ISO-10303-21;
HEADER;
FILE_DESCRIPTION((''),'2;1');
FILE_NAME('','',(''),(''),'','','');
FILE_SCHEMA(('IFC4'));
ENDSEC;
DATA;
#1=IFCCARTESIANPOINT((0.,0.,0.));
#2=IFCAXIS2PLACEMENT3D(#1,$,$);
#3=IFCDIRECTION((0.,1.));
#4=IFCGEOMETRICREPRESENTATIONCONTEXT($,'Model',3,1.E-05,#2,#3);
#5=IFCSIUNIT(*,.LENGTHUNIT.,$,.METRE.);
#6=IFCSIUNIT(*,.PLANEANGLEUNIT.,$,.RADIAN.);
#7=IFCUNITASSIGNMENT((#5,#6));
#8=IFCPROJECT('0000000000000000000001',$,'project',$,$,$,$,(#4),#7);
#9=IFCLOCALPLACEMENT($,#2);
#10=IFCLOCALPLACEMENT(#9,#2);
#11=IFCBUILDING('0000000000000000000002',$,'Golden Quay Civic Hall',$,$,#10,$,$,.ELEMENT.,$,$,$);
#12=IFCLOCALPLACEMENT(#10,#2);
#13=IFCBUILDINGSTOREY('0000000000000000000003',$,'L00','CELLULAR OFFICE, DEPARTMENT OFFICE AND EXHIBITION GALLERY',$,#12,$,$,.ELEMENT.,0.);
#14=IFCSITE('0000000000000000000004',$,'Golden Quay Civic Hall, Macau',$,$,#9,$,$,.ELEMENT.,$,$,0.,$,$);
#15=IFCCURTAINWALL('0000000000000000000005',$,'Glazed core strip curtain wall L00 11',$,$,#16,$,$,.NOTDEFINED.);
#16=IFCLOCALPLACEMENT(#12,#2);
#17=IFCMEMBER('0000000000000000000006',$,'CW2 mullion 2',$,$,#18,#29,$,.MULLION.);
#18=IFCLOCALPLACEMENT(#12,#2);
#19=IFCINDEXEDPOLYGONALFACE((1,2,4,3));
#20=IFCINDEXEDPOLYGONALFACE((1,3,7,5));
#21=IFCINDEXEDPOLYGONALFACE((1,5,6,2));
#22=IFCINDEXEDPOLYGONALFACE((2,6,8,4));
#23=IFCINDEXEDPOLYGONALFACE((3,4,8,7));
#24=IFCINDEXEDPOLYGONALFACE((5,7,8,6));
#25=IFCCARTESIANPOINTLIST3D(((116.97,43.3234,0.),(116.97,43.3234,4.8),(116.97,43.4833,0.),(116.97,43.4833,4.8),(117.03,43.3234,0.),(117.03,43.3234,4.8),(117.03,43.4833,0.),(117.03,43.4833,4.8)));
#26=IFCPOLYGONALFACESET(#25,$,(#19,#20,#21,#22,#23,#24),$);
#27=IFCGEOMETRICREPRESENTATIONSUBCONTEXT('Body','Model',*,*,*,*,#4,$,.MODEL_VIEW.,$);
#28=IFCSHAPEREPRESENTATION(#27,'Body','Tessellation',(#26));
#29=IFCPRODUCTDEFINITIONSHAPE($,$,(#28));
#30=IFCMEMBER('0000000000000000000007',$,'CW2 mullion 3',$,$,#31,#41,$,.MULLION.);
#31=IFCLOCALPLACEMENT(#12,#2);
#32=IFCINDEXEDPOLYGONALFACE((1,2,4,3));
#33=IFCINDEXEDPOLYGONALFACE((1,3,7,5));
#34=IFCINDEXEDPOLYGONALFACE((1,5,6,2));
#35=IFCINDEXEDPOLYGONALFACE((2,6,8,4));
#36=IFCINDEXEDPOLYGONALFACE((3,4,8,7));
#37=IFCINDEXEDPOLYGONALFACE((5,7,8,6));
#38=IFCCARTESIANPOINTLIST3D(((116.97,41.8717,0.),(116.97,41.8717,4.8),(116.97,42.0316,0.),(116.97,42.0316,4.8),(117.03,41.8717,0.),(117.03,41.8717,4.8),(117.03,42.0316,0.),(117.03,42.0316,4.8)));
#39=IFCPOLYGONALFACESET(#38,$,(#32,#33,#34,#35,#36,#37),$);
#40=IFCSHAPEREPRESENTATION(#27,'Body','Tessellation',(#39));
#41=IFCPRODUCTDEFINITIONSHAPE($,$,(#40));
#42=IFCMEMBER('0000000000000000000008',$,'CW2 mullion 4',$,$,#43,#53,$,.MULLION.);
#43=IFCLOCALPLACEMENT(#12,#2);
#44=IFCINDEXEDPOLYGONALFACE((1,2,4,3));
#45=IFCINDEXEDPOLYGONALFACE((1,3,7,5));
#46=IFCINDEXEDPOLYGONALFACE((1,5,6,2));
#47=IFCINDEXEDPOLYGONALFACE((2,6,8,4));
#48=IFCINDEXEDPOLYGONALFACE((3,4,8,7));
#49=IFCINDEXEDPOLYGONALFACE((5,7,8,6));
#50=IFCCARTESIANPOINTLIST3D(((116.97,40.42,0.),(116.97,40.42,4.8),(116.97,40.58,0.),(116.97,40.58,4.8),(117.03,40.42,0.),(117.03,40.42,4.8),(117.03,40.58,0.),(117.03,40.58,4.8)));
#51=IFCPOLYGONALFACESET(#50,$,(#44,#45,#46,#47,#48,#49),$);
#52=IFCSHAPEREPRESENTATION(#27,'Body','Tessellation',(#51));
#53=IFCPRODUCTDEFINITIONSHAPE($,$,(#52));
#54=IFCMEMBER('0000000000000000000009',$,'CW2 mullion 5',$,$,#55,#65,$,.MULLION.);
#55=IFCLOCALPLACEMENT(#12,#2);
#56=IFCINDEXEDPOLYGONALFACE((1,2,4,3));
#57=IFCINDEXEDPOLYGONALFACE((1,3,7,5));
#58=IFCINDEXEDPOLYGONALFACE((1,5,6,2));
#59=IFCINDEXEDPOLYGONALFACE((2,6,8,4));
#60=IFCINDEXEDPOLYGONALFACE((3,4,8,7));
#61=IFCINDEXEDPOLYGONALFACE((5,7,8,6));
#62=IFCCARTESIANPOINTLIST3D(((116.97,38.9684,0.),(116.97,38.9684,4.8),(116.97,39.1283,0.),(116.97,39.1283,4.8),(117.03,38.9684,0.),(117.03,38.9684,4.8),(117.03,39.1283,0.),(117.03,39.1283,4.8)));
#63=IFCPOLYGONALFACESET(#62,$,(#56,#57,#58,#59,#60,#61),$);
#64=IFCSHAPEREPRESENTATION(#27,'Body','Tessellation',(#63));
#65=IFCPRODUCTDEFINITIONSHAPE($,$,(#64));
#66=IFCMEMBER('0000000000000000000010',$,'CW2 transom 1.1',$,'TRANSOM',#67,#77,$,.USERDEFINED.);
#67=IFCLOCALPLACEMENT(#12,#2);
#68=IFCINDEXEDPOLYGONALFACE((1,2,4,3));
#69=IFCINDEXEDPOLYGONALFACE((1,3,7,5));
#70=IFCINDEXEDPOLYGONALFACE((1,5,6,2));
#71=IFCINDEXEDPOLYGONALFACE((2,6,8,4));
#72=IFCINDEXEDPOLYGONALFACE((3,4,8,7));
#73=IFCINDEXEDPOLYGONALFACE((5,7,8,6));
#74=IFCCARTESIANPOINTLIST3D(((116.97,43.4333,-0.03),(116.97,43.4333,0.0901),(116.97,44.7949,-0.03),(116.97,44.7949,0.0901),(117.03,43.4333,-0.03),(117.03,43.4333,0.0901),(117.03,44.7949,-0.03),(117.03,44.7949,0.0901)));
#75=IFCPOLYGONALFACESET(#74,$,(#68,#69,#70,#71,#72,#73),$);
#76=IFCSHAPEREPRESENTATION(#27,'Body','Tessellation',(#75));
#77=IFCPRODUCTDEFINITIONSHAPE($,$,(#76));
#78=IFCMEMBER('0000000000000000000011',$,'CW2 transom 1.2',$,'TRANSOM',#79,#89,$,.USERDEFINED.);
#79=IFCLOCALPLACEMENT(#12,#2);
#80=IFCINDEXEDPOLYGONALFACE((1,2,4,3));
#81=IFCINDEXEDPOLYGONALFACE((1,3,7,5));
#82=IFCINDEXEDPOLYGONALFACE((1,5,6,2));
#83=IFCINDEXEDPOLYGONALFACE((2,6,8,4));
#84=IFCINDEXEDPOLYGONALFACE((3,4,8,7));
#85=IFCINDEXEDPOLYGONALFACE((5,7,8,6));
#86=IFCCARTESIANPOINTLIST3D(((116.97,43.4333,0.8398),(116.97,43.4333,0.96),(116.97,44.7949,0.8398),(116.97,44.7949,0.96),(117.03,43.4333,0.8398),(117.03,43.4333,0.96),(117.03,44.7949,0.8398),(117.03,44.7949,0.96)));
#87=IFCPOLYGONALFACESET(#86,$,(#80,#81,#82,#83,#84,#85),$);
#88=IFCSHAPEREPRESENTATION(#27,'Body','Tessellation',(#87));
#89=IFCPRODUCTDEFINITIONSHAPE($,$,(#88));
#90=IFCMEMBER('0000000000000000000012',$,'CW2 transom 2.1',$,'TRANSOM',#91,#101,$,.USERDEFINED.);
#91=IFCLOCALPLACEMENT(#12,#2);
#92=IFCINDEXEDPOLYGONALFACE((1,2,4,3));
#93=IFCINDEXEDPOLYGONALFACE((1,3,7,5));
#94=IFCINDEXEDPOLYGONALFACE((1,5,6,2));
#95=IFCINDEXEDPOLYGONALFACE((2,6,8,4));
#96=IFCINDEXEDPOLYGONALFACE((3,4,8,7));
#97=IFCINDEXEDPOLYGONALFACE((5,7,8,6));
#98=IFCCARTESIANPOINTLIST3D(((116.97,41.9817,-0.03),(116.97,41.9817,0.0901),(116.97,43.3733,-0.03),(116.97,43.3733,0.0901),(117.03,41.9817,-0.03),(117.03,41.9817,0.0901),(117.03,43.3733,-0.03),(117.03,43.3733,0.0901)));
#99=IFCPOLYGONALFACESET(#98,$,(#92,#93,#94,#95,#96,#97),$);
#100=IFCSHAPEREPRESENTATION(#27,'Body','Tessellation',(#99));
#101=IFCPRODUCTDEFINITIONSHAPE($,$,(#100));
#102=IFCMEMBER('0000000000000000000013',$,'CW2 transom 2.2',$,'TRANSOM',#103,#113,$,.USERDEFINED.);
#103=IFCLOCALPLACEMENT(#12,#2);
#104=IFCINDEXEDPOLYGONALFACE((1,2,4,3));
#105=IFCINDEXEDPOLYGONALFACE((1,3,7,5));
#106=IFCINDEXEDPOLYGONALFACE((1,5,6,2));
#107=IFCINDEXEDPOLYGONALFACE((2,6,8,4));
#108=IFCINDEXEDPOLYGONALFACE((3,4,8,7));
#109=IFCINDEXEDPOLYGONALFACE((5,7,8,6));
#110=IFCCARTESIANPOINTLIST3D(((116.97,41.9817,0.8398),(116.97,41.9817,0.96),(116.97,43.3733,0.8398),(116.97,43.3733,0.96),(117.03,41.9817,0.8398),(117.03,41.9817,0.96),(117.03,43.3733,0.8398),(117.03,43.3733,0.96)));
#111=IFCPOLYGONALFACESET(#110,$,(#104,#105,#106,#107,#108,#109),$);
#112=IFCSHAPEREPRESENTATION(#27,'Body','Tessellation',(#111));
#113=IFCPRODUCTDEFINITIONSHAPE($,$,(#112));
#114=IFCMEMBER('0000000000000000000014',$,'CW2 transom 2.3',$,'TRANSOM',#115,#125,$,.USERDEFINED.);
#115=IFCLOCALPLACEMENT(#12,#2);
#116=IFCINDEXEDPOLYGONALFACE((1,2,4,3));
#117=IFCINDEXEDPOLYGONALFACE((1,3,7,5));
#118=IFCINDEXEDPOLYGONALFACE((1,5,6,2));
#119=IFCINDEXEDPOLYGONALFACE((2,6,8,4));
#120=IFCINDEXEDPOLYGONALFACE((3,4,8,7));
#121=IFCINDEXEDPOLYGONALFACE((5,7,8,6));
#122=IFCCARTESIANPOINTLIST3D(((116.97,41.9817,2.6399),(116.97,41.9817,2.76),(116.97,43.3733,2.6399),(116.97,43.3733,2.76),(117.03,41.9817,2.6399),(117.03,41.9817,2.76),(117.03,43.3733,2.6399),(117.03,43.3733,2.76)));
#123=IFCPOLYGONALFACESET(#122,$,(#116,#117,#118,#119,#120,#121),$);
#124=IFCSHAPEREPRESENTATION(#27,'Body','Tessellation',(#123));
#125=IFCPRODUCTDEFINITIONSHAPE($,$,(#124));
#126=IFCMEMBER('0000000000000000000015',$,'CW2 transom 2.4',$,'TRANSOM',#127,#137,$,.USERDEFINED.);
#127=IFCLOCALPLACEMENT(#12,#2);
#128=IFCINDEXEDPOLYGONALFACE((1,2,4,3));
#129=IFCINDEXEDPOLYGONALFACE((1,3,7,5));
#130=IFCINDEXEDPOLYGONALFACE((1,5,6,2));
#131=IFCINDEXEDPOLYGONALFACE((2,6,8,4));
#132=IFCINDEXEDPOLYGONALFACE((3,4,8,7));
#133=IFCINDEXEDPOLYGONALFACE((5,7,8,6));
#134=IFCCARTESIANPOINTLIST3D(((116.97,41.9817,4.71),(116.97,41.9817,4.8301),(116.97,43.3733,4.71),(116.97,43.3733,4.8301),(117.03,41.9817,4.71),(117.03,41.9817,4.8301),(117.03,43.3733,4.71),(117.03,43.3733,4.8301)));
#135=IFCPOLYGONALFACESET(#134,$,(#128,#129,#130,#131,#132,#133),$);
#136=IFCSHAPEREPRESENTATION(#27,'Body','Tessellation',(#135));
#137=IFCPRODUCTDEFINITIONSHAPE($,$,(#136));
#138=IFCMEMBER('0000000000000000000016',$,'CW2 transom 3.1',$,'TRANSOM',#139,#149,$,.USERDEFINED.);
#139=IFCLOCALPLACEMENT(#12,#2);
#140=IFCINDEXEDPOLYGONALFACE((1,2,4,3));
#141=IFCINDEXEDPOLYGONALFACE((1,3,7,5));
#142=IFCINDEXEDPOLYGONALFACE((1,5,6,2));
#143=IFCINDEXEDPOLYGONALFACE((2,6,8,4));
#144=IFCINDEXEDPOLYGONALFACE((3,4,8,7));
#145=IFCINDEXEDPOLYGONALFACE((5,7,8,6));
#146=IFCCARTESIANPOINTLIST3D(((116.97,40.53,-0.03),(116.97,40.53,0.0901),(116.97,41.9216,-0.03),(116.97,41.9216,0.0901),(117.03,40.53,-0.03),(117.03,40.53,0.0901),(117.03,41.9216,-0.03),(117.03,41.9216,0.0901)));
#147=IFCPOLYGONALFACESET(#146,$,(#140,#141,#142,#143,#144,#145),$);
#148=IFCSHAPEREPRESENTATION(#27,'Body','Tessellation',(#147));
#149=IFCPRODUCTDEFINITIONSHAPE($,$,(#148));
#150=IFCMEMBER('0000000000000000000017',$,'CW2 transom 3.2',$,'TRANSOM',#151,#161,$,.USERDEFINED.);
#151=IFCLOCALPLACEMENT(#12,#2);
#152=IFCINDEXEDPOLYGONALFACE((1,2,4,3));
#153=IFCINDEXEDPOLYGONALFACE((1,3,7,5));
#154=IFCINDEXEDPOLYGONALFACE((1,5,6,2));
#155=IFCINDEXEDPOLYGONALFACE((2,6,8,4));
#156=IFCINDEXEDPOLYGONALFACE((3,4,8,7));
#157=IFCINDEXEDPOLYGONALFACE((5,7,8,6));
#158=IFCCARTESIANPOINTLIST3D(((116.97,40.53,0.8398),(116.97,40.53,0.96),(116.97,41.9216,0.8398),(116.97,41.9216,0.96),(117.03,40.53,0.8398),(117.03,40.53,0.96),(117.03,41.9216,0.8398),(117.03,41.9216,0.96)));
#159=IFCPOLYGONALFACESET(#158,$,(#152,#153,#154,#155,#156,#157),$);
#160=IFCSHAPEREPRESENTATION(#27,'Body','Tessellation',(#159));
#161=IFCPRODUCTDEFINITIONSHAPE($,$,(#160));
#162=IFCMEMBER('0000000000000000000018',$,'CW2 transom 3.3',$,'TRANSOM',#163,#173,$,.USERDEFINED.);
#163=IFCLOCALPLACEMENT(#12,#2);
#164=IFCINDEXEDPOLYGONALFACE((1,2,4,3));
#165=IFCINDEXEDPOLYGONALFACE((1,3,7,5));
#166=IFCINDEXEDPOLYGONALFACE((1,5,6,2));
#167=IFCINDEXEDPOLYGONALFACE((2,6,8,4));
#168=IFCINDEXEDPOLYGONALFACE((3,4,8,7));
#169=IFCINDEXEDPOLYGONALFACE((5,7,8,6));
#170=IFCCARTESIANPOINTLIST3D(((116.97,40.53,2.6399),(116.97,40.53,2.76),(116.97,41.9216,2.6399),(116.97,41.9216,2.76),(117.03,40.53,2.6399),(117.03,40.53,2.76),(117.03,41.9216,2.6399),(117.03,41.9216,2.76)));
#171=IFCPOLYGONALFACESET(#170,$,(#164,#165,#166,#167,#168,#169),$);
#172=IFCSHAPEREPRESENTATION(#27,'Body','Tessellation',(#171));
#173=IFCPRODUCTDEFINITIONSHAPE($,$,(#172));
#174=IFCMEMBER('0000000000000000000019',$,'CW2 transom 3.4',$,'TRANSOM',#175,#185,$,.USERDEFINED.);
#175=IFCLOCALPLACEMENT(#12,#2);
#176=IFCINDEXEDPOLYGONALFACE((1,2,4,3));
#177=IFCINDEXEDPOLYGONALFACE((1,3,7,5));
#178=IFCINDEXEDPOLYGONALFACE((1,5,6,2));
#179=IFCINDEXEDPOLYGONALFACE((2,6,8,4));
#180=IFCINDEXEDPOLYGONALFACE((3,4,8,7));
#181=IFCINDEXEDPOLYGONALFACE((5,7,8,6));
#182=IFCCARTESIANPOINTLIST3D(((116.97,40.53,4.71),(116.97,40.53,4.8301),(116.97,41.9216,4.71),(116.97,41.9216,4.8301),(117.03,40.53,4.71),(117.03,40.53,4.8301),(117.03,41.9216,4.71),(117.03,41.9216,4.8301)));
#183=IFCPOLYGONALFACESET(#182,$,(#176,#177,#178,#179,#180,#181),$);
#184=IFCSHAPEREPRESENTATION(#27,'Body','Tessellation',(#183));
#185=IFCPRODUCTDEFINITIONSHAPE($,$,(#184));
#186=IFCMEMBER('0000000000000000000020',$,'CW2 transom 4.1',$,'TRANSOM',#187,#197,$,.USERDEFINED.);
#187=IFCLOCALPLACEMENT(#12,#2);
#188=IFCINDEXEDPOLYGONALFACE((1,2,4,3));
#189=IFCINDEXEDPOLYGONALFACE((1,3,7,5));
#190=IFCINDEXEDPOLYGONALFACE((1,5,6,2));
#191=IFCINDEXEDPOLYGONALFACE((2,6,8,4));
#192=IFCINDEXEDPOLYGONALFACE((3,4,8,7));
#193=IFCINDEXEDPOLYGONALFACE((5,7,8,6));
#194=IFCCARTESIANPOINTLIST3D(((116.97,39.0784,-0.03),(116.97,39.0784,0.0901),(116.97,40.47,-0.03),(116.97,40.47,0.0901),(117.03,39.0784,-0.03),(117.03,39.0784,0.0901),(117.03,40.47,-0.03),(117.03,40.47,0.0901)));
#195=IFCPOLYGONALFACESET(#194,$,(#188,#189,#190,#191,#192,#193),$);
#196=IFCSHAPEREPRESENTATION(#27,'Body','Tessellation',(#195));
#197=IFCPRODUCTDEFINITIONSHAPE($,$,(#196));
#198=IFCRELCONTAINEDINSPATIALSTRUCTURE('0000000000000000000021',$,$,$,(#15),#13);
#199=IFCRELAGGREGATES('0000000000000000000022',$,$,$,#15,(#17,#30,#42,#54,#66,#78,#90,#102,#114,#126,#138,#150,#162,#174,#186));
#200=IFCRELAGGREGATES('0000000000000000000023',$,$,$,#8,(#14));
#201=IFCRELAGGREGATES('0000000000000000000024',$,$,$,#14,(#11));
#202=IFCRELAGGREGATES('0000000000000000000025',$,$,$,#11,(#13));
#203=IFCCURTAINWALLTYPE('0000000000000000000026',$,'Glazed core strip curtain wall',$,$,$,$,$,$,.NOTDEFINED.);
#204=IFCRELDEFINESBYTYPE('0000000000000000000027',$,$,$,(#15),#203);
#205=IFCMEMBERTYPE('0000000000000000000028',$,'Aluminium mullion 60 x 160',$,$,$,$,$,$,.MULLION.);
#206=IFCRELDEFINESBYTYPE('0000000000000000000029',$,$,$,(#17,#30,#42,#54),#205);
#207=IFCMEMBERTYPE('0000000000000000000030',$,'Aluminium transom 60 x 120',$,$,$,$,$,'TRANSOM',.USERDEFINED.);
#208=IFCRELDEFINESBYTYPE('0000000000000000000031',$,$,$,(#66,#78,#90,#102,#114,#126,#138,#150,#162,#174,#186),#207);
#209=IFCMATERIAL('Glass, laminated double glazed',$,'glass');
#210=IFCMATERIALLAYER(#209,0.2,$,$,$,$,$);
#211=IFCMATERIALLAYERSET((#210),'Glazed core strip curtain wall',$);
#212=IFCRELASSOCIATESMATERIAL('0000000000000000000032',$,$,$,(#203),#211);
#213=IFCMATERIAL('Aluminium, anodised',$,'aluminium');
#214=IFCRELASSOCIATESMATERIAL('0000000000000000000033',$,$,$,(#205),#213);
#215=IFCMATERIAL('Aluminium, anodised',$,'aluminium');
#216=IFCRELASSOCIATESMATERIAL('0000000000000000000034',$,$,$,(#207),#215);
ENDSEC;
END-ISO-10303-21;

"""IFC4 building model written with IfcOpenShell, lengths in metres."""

from ifc_helpers import new_model, si_unit, direction, frame, origin, origin_2d, place, context, subcontext, project, spatial, rectangle, extrude, material, layer, layer_set, material_profile, profile_set, type_object, element, aggregate, save


model = new_model("IFC4")

# Units and contexts
model_context = context("Model", 3, precision=1e-05, world=origin(), true_north=direction((0.0, 1.0)))
body_context = subcontext(model_context, "Body", "Model", "MODEL_VIEW")
ifc_project = project(units=[si_unit("LENGTHUNIT", "METRE"), si_unit("PLANEANGLEUNIT", "RADIAN")], contexts=[model_context])

# Site, building, storey
site_placement = place(None, origin())
site = spatial("IfcSite", under=ifc_project, at=site_placement, Name="Golden Quay Civic Hall, Macau", CompositionType="ELEMENT", RefElevation=0.0)
building_placement = place(site_placement, origin())
building = spatial("IfcBuilding", under=site, at=building_placement, Name="Golden Quay Civic Hall", CompositionType="ELEMENT")
storey_placement = place(building_placement, origin())
storey = spatial("IfcBuildingStorey", under=building, at=storey_placement, Name="L00", Description="CELLULAR OFFICE, DEPARTMENT OFFICE AND EXHIBITION GALLERY", CompositionType="ELEMENT", Elevation=0.0)

# Curtain wall, members
ifc_material_1 = material(Name="Glass, laminated double glazed", Category="glass")
ifc_layer_1 = layer(ifc_material_1, 0.2)
ifc_layer_set_1 = layer_set([ifc_layer_1], Name="Glazed core strip curtain wall")
curtain_wall_type = type_object("IfcCurtainWallType", Name="Glazed core strip curtain wall", PredefinedType="NOTDEFINED", material=ifc_layer_set_1)
curtain_wall_placement = place(storey_placement, origin())
curtain_wall = element("IfcCurtainWall", 1, at=curtain_wall_placement, inside=storey, type_object=curtain_wall_type, Name="Glazed core strip curtain wall L00 11", PredefinedType="NOTDEFINED")
ifc_material_2 = material(Name="Aluminium, anodised", Category="aluminium")
ifc_material_profile_1 = material_profile(ifc_material_2, rectangle(XDim=0.0601, YDim=0.1599, at=origin_2d()), Name="Aluminium 60 x 160")
ifc_profile_set_1 = profile_set([ifc_material_profile_1], Name="Aluminium, anodised")
member_type_1 = type_object("IfcMemberType", Name="Aluminium mullion 60 x 160", PredefinedType="MULLION", material=ifc_profile_set_1)
member_1_placement = place(storey_placement, frame((117.0, 43.4033, 0.0), z_axis=(0.0, 0.0, 1.0), x_axis=(1.0, 0.0, 0.0)))
member_1 = element("IfcMember", 2, at=member_1_placement, type_object=member_type_1, Name="CW2 mullion 2", PredefinedType="MULLION", context=body_context, shape_type="SweptSolid", body=[
    extrude(rectangle(XDim=0.0601, YDim=0.1599, at=origin_2d()), origin(), (0.0, 0.0, 1.0), 4.8),
])
member_2_placement = place(storey_placement, frame((117.0, 41.9517, 0.0), z_axis=(0.0, 0.0, 1.0), x_axis=(1.0, 0.0, 0.0)))
member_2 = element("IfcMember", 3, at=member_2_placement, type_object=member_type_1, Name="CW2 mullion 3", PredefinedType="MULLION", context=body_context, shape_type="SweptSolid", body=[
    extrude(rectangle(XDim=0.0601, YDim=0.1599, at=origin_2d()), origin(), (0.0, 0.0, 1.0), 4.8),
])
member_3_placement = place(storey_placement, frame((117.0, 40.5, 0.0), z_axis=(0.0, 0.0, 1.0), x_axis=(1.0, 0.0, 0.0)))
member_3 = element("IfcMember", 4, at=member_3_placement, type_object=member_type_1, Name="CW2 mullion 4", PredefinedType="MULLION", context=body_context, shape_type="SweptSolid", body=[
    extrude(rectangle(XDim=0.0601, YDim=0.1599, at=origin_2d()), origin(), (0.0, 0.0, 1.0), 4.8),
])
member_4_placement = place(storey_placement, frame((117.0, 39.0483, 0.0), z_axis=(0.0, 0.0, 1.0), x_axis=(1.0, 0.0, 0.0)))
member_4 = element("IfcMember", 5, at=member_4_placement, type_object=member_type_1, Name="CW2 mullion 5", PredefinedType="MULLION", context=body_context, shape_type="SweptSolid", body=[
    extrude(rectangle(XDim=0.0601, YDim=0.1599, at=origin_2d()), origin(), (0.0, 0.0, 1.0), 4.8),
])
ifc_material_3 = material(Name="Aluminium, anodised", Category="aluminium")
ifc_material_profile_2 = material_profile(ifc_material_3, rectangle(XDim=0.0601, YDim=0.1201, at=origin_2d()), Name="Aluminium 60 x 120")
ifc_profile_set_2 = profile_set([ifc_material_profile_2], Name="Aluminium, anodised")
member_type_2 = type_object("IfcMemberType", Name="Aluminium transom 60 x 120", ElementType="TRANSOM", PredefinedType="USERDEFINED", material=ifc_profile_set_2)
member_5_placement = place(storey_placement, frame((117.0, 44.7949, 0.03), z_axis=(0.0, -1.0, 0.0), x_axis=(1.0, 0.0, 0.0)))
member_5 = element("IfcMember", 6, at=member_5_placement, type_object=member_type_2, Name="CW2 transom 1.1", ObjectType="TRANSOM", PredefinedType="USERDEFINED", context=body_context, shape_type="SweptSolid", body=[
    extrude(rectangle(XDim=0.0601, YDim=0.1201, at=origin_2d()), origin(), (0.0, 0.0, 1.0), 1.3616),
])
member_6_placement = place(storey_placement, frame((117.0, 44.7949, 0.8999), z_axis=(0.0, -1.0, 0.0), x_axis=(1.0, 0.0, 0.0)))
member_6 = element("IfcMember", 7, at=member_6_placement, type_object=member_type_2, Name="CW2 transom 1.2", ObjectType="TRANSOM", PredefinedType="USERDEFINED", context=body_context, shape_type="SweptSolid", body=[
    extrude(rectangle(XDim=0.0601, YDim=0.1201, at=origin_2d()), origin(), (0.0, 0.0, 1.0), 1.3616),
])
member_7_placement = place(storey_placement, frame((117.0, 43.3733, 0.03), z_axis=(0.0, -1.0, 0.0), x_axis=(1.0, 0.0, 0.0)))
member_7 = element("IfcMember", 8, at=member_7_placement, type_object=member_type_2, Name="CW2 transom 2.1", ObjectType="TRANSOM", PredefinedType="USERDEFINED", context=body_context, shape_type="SweptSolid", body=[
    extrude(rectangle(XDim=0.0601, YDim=0.1201, at=origin_2d()), origin(), (0.0, 0.0, 1.0), 1.3916),
])
member_8_placement = place(storey_placement, frame((117.0, 43.3733, 0.8999), z_axis=(0.0, -1.0, 0.0), x_axis=(1.0, 0.0, 0.0)))
member_8 = element("IfcMember", 9, at=member_8_placement, type_object=member_type_2, Name="CW2 transom 2.2", ObjectType="TRANSOM", PredefinedType="USERDEFINED", context=body_context, shape_type="SweptSolid", body=[
    extrude(rectangle(XDim=0.0601, YDim=0.1201, at=origin_2d()), origin(), (0.0, 0.0, 1.0), 1.3916),
])
member_9_placement = place(storey_placement, frame((117.0, 43.3733, 2.7), z_axis=(0.0, -1.0, 0.0), x_axis=(1.0, 0.0, 0.0)))
member_9 = element("IfcMember", 10, at=member_9_placement, type_object=member_type_2, Name="CW2 transom 2.3", ObjectType="TRANSOM", PredefinedType="USERDEFINED", context=body_context, shape_type="SweptSolid", body=[
    extrude(rectangle(XDim=0.0601, YDim=0.1201, at=origin_2d()), origin(), (0.0, 0.0, 1.0), 1.3916),
])
member_10_placement = place(storey_placement, frame((117.0, 43.3733, 4.77), z_axis=(0.0, -1.0, 0.0), x_axis=(1.0, 0.0, 0.0)))
member_10 = element("IfcMember", 11, at=member_10_placement, type_object=member_type_2, Name="CW2 transom 2.4", ObjectType="TRANSOM", PredefinedType="USERDEFINED", context=body_context, shape_type="SweptSolid", body=[
    extrude(rectangle(XDim=0.0601, YDim=0.1201, at=origin_2d()), origin(), (0.0, 0.0, 1.0), 1.3916),
])
member_11_placement = place(storey_placement, frame((117.0, 41.9216, 0.03), z_axis=(0.0, -1.0, 0.0), x_axis=(1.0, 0.0, 0.0)))
member_11 = element("IfcMember", 12, at=member_11_placement, type_object=member_type_2, Name="CW2 transom 3.1", ObjectType="TRANSOM", PredefinedType="USERDEFINED", context=body_context, shape_type="SweptSolid", body=[
    extrude(rectangle(XDim=0.0601, YDim=0.1201, at=origin_2d()), origin(), (0.0, 0.0, 1.0), 1.3916),
])
member_12_placement = place(storey_placement, frame((117.0, 41.9216, 0.8999), z_axis=(0.0, -1.0, 0.0), x_axis=(1.0, 0.0, 0.0)))
member_12 = element("IfcMember", 13, at=member_12_placement, type_object=member_type_2, Name="CW2 transom 3.2", ObjectType="TRANSOM", PredefinedType="USERDEFINED", context=body_context, shape_type="SweptSolid", body=[
    extrude(rectangle(XDim=0.0601, YDim=0.1201, at=origin_2d()), origin(), (0.0, 0.0, 1.0), 1.3916),
])
member_13_placement = place(storey_placement, frame((117.0, 41.9216, 2.7), z_axis=(0.0, -1.0, 0.0), x_axis=(1.0, 0.0, 0.0)))
member_13 = element("IfcMember", 14, at=member_13_placement, type_object=member_type_2, Name="CW2 transom 3.3", ObjectType="TRANSOM", PredefinedType="USERDEFINED", context=body_context, shape_type="SweptSolid", body=[
    extrude(rectangle(XDim=0.0601, YDim=0.1201, at=origin_2d()), origin(), (0.0, 0.0, 1.0), 1.3916),
])
member_14_placement = place(storey_placement, frame((117.0, 41.9216, 4.77), z_axis=(0.0, -1.0, 0.0), x_axis=(1.0, 0.0, 0.0)))
member_14 = element("IfcMember", 15, at=member_14_placement, type_object=member_type_2, Name="CW2 transom 3.4", ObjectType="TRANSOM", PredefinedType="USERDEFINED", context=body_context, shape_type="SweptSolid", body=[
    extrude(rectangle(XDim=0.0601, YDim=0.1201, at=origin_2d()), origin(), (0.0, 0.0, 1.0), 1.3916),
])
member_15_placement = place(storey_placement, frame((117.0, 40.47, 0.03), z_axis=(0.0, -1.0, 0.0), x_axis=(1.0, 0.0, 0.0)))
member_15 = element("IfcMember", 16, at=member_15_placement, type_object=member_type_2, Name="CW2 transom 4.1", ObjectType="TRANSOM", PredefinedType="USERDEFINED", context=body_context, shape_type="SweptSolid", body=[
    extrude(rectangle(XDim=0.0601, YDim=0.1201, at=origin_2d()), origin(), (0.0, 0.0, 1.0), 1.3916),
])
aggregate(curtain_wall, [member_1, member_2, member_3, member_4, member_5, member_6, member_7, member_8, member_9, member_10, member_11, member_12, member_13, member_14, member_15])

save(model, "model.ifc")
